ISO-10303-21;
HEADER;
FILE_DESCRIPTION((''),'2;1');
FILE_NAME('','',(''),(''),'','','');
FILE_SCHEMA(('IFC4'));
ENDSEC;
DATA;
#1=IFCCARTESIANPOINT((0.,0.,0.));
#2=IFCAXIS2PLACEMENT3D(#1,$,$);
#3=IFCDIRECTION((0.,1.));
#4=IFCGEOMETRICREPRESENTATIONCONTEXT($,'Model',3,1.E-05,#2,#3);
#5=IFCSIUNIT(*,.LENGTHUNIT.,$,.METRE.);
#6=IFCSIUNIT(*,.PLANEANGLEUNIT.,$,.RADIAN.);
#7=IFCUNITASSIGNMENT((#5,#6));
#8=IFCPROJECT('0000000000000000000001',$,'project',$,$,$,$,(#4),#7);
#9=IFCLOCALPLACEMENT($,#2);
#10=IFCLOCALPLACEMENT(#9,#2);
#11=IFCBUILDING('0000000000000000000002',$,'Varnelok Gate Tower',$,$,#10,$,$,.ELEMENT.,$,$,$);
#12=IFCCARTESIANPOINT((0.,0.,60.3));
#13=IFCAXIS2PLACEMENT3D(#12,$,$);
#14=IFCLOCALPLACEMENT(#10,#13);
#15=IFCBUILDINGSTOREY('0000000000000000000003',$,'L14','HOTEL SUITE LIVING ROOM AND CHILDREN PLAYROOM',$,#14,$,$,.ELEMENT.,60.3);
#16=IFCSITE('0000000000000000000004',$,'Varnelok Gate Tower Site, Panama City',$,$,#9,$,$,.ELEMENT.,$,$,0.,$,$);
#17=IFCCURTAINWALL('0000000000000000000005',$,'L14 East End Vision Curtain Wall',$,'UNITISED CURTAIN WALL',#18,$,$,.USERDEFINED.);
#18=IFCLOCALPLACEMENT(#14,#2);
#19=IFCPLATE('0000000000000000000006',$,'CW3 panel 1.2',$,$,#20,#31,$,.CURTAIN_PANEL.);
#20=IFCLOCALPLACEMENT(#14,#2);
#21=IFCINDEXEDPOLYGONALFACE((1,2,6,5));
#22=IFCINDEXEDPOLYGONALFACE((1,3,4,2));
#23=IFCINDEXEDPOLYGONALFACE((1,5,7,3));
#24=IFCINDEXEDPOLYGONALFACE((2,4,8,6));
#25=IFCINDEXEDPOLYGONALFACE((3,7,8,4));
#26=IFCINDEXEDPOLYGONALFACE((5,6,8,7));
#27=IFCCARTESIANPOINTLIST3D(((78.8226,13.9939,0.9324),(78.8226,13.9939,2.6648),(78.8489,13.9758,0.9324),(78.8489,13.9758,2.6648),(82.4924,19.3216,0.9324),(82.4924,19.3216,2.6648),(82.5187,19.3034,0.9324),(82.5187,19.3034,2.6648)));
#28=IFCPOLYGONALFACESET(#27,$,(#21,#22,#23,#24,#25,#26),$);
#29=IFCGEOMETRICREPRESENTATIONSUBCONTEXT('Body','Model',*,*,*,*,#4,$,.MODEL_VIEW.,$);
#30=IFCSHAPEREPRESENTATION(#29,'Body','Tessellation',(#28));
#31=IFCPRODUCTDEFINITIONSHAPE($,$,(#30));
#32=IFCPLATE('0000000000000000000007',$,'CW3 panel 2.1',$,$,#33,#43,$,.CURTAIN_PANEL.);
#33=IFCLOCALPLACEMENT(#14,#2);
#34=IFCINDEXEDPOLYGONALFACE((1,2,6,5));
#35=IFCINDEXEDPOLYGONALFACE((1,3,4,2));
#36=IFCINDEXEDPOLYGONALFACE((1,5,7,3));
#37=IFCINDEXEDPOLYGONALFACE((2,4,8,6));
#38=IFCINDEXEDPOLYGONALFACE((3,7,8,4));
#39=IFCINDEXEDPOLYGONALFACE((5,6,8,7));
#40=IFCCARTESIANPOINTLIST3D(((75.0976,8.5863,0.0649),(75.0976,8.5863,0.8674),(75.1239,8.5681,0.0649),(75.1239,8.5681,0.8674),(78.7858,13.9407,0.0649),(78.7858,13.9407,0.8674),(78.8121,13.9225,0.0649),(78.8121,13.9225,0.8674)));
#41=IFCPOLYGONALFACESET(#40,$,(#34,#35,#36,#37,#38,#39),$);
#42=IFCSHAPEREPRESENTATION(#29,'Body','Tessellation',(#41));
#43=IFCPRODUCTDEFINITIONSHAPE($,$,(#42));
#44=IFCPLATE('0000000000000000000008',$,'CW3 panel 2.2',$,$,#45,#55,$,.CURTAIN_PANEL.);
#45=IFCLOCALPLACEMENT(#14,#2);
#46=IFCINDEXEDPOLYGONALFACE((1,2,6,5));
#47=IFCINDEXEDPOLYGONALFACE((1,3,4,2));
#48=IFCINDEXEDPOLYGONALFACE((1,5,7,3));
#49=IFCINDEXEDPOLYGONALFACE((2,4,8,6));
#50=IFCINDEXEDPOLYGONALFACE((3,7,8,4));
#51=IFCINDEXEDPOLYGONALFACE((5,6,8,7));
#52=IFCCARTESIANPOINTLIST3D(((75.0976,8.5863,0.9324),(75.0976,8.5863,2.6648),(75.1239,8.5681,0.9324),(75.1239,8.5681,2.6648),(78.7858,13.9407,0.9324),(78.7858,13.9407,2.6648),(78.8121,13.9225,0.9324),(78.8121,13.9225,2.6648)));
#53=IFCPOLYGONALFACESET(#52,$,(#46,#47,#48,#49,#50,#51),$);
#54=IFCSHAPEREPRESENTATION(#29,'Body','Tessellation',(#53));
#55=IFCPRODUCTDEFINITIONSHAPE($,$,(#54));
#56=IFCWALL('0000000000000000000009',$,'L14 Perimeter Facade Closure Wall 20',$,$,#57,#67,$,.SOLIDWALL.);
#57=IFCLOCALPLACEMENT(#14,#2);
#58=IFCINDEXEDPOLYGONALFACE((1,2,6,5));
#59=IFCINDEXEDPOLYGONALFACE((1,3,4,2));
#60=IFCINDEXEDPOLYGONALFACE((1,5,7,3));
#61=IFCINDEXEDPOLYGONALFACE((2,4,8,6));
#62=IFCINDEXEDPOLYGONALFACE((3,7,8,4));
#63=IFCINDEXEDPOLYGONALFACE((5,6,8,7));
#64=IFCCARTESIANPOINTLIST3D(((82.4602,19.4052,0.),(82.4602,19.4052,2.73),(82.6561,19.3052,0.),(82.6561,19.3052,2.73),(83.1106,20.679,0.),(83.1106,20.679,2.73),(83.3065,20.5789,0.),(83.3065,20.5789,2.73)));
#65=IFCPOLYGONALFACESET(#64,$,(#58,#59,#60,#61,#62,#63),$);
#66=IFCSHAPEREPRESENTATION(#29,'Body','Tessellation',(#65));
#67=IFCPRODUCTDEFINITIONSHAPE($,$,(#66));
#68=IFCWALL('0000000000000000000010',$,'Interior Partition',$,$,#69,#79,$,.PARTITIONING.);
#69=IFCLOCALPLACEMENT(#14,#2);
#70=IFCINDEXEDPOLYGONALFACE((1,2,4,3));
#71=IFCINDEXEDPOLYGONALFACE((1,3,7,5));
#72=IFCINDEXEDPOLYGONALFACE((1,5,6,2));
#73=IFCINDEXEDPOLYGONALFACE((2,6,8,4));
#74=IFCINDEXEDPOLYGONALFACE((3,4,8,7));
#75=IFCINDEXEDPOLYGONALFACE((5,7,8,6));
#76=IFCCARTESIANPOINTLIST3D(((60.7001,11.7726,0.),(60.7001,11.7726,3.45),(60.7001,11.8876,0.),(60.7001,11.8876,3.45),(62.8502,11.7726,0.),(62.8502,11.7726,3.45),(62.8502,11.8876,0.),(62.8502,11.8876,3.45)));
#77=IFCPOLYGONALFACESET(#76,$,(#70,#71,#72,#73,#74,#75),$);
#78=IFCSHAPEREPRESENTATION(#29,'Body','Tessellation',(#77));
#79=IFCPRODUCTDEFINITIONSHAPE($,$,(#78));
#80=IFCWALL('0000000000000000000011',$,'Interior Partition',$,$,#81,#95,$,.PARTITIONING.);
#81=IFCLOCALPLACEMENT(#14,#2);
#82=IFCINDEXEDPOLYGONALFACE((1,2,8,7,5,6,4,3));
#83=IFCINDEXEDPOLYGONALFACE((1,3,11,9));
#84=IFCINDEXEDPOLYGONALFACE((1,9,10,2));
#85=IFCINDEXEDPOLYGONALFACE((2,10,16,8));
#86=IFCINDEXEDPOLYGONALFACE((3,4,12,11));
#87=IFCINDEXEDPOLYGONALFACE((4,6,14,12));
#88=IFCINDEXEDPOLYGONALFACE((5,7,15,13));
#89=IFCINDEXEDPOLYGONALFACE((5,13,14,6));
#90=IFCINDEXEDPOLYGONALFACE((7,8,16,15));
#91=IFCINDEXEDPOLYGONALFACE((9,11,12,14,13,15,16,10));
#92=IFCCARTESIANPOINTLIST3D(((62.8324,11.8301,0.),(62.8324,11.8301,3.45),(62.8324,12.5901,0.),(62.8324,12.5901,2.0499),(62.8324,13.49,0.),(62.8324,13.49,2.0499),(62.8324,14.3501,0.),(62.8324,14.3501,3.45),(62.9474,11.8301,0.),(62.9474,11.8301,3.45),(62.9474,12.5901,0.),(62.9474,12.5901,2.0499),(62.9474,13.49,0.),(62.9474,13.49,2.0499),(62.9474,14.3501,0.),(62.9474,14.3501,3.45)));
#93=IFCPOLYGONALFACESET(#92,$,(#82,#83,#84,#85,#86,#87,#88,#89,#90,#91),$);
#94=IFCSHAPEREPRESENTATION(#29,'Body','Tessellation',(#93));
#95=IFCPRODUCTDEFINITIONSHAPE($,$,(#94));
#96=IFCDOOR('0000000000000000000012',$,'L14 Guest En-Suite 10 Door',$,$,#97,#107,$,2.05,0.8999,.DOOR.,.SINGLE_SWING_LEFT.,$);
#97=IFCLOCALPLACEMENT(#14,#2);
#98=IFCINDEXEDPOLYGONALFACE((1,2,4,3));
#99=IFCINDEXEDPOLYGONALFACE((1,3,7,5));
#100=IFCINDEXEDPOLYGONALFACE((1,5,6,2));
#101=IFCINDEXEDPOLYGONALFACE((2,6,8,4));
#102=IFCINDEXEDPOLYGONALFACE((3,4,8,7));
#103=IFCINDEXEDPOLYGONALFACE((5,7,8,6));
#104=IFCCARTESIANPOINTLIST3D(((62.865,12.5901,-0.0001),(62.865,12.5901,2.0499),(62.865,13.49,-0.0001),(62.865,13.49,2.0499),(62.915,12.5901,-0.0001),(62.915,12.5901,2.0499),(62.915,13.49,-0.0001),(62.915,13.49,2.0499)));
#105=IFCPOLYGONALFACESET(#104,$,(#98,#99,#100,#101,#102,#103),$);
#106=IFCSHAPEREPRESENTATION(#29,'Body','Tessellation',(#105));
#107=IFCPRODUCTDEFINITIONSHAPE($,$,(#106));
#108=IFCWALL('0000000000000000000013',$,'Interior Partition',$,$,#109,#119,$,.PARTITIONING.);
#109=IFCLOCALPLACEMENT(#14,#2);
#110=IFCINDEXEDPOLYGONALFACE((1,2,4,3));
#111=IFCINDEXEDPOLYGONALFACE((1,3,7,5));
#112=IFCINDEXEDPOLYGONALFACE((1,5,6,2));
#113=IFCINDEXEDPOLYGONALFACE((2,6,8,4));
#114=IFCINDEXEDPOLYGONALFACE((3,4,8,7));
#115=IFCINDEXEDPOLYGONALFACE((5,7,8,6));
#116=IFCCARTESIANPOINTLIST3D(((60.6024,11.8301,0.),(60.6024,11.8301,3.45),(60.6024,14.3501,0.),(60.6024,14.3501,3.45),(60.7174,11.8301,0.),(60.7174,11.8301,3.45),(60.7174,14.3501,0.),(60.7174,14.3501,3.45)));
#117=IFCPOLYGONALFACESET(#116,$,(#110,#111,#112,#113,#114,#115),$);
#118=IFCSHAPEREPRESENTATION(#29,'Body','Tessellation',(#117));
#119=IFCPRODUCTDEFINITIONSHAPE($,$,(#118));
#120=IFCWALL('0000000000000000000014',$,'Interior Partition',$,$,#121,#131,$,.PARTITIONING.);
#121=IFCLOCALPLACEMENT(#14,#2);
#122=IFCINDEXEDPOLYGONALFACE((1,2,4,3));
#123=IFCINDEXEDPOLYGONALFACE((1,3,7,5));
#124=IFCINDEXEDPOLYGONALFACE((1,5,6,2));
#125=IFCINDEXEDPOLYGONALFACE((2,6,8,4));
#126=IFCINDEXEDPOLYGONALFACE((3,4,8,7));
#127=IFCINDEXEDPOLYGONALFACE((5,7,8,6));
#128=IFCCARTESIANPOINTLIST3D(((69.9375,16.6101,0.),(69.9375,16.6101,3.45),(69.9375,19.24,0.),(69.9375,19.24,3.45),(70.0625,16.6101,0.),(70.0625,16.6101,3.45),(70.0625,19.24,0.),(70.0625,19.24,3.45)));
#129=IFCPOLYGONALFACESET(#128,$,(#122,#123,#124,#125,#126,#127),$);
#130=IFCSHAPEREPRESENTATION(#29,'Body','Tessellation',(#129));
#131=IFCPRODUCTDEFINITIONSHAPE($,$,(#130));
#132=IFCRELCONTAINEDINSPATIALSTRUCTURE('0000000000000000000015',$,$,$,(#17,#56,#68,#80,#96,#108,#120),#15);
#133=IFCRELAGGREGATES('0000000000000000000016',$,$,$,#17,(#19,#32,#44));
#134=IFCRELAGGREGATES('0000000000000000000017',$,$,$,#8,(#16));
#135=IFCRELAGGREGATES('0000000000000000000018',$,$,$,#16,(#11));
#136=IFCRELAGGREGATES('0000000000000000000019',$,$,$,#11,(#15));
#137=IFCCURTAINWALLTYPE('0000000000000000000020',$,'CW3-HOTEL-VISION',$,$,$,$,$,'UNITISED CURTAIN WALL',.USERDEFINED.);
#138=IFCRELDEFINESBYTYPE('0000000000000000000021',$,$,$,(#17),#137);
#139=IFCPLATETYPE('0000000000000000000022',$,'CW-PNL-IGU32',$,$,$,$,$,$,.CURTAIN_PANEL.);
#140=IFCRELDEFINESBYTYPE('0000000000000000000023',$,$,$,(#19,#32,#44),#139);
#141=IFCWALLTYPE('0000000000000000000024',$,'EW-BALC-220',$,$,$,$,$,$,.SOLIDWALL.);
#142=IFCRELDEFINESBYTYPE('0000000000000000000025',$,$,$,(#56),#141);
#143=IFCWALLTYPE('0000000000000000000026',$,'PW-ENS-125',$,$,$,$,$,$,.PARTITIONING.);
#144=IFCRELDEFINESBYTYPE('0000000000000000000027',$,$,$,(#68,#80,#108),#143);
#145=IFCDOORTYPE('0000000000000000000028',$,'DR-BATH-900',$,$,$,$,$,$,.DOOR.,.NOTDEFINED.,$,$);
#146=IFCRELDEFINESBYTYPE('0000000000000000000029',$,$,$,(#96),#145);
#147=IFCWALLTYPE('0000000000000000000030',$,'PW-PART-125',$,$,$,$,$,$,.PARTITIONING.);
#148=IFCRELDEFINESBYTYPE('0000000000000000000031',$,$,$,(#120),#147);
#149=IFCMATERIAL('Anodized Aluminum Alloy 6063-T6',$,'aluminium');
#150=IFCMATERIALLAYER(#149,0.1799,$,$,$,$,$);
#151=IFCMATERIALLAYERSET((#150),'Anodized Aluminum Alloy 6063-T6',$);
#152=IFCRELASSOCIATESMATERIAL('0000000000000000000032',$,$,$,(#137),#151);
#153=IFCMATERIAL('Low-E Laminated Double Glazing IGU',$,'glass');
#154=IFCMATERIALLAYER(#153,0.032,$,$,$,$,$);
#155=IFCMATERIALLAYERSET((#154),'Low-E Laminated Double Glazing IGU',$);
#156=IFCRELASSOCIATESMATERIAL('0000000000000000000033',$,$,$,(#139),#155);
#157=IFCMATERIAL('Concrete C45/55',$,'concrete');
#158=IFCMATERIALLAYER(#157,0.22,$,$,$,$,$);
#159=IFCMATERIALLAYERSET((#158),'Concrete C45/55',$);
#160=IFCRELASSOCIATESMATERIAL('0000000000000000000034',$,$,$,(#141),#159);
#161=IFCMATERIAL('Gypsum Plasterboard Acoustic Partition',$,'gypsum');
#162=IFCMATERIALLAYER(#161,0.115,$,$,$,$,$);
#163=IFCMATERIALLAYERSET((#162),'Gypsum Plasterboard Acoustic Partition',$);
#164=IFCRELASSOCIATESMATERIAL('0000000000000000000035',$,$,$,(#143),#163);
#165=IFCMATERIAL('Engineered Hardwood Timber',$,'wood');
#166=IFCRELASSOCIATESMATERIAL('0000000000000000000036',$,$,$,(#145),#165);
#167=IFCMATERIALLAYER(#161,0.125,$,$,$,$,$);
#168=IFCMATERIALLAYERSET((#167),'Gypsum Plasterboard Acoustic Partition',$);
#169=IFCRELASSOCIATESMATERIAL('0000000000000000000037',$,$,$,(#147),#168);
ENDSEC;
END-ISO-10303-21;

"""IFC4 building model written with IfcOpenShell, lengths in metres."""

from ifc_helpers import new_model, si_unit, direction, frame, frame_2d, origin, origin_2d, place, context, subcontext, project, spatial, rectangle, extrude, source, transform, mapped, material, layer, layer_set, type_object, element, fill, aggregate, save


model = new_model("IFC4")

# Units and contexts
model_context = context("Model", 3, precision=1e-05, world=origin(), true_north=direction((0.0, 1.0)))
body_context = subcontext(model_context, "Body", "Model", "MODEL_VIEW")
ifc_project = project(units=[si_unit("LENGTHUNIT", "METRE"), si_unit("PLANEANGLEUNIT", "RADIAN")], contexts=[model_context])

# Site, building, storey
site_placement = place(None, origin())
site = spatial("IfcSite", under=ifc_project, at=site_placement, Name="Varnelok Gate Tower Site, Panama City", CompositionType="ELEMENT", RefElevation=0.0)
building_placement = place(site_placement, origin())
building = spatial("IfcBuilding", under=site, at=building_placement, Name="Varnelok Gate Tower", CompositionType="ELEMENT")
storey_placement = place(building_placement, frame((0.0, 0.0, 60.3)))
storey = spatial("IfcBuildingStorey", under=building, at=storey_placement, Name="L14", Description="HOTEL SUITE LIVING ROOM AND CHILDREN PLAYROOM", CompositionType="ELEMENT", Elevation=60.3)

# Curtain wall, plates
ifc_material_1 = material(Name="Anodized Aluminum Alloy 6063-T6", Category="aluminium")
ifc_layer_1 = layer(ifc_material_1, 0.1799)
ifc_layer_set_1 = layer_set([ifc_layer_1], Name="Anodized Aluminum Alloy 6063-T6")
curtain_wall_type = type_object("IfcCurtainWallType", Name="CW3-HOTEL-VISION", ElementType="UNITISED CURTAIN WALL", PredefinedType="USERDEFINED", material=ifc_layer_set_1)
curtain_wall_placement = place(storey_placement, origin())
curtain_wall = element("IfcCurtainWall", 1, at=curtain_wall_placement, inside=storey, type_object=curtain_wall_type, Name="L14 East End Vision Curtain Wall", ObjectType="UNITISED CURTAIN WALL", PredefinedType="USERDEFINED")
ifc_material_2 = material(Name="Low-E Laminated Double Glazing IGU", Category="glass")
ifc_layer_2 = layer(ifc_material_2, 0.032)
ifc_layer_set_2 = layer_set([ifc_layer_2], Name="Low-E Laminated Double Glazing IGU")
plate_type = type_object("IfcPlateType", Name="CW-PNL-IGU32", PredefinedType="CURTAIN_PANEL", material=ifc_layer_set_2)
shared_shape_1 = source(origin(), body_context, "Body", "SweptSolid", [
    extrude(rectangle(XDim=6.4692, YDim=0.032, at=origin_2d()), origin(), (0.0, 0.0, 1.0), 1.7324),
])
plate_1_placement = place(storey_placement, frame((80.6707, 16.6487, 0.9324), z_axis=(0.0, 0.0, 1.0), x_axis=(-0.567269, -0.823533, 0.0)))
plate_1 = element("IfcPlate", 2, at=plate_1_placement, type_object=plate_type, Name="CW3 panel 1.2", PredefinedType="CURTAIN_PANEL", context=body_context, shape_type="MappedRepresentation", body=[
    mapped(shared_shape_1, transform((0.0, 0.0, 0.0), scale=1.0)),
])
shared_shape_2 = source(origin(), body_context, "Body", "SweptSolid", [
    extrude(rectangle(XDim=6.5017, YDim=0.032, at=origin_2d()), origin(), (0.0, 0.0, 1.0), 0.8025),
])
plate_2_placement = place(storey_placement, frame((76.9548, 11.2544, 0.0649), z_axis=(0.0, 0.0, 1.0), x_axis=(-0.567269, -0.823533, 0.0)))
plate_2 = element("IfcPlate", 3, at=plate_2_placement, type_object=plate_type, Name="CW3 panel 2.1", PredefinedType="CURTAIN_PANEL", context=body_context, shape_type="MappedRepresentation", body=[
    mapped(shared_shape_2, transform((0.0, 0.0, 0.0), scale=1.0)),
])
shared_shape_3 = source(origin(), body_context, "Body", "SweptSolid", [
    extrude(rectangle(XDim=6.5017, YDim=0.032, at=origin_2d()), origin(), (0.0, 0.0, 1.0), 1.7324),
])
plate_3_placement = place(storey_placement, frame((76.9548, 11.2544, 0.9324), z_axis=(0.0, 0.0, 1.0), x_axis=(-0.567269, -0.823533, 0.0)))
plate_3 = element("IfcPlate", 4, at=plate_3_placement, type_object=plate_type, Name="CW3 panel 2.2", PredefinedType="CURTAIN_PANEL", context=body_context, shape_type="MappedRepresentation", body=[
    mapped(shared_shape_3, transform((0.0, 0.0, 0.0), scale=1.0)),
])
aggregate(curtain_wall, [plate_1, plate_2, plate_3])

# Walls
ifc_material_3 = material(Name="Concrete C45/55", Category="concrete")
ifc_layer_3 = layer(ifc_material_3, 0.22)
ifc_layer_set_3 = layer_set([ifc_layer_3], Name="Concrete C45/55")
wall_type_1 = type_object("IfcWallType", Name="EW-BALC-220", PredefinedType="SOLIDWALL", material=ifc_layer_set_3)
wall_1_placement = place(storey_placement, frame((82.5581, 19.3552, 0.0), z_axis=(0.0, 0.0, 1.0), x_axis=(0.454777, 0.890605, 0.0)))
element("IfcWall", 5, at=wall_1_placement, inside=storey, type_object=wall_type_1, Name="L14 Perimeter Facade Closure Wall 20", PredefinedType="SOLIDWALL", context=body_context, shape_type="SweptSolid", body=[
    extrude(rectangle(XDim=1.4302, YDim=0.22, at=frame_2d((0.7151, 0.0))), origin(), (0.0, 0.0, 1.0), 2.73),
])
ifc_material_4 = material(Name="Gypsum Plasterboard Acoustic Partition", Category="gypsum")
ifc_layer_4 = layer(ifc_material_4, 0.115)
ifc_layer_set_4 = layer_set([ifc_layer_4], Name="Gypsum Plasterboard Acoustic Partition")
wall_type_2 = type_object("IfcWallType", Name="PW-ENS-125", PredefinedType="PARTITIONING", material=ifc_layer_set_4)
wall_2_placement = place(storey_placement, frame((60.7, 11.8301, 0.0), z_axis=(0.0, 0.0, 1.0), x_axis=(1.0, 0.0, 0.0)))
element("IfcWall", 6, at=wall_2_placement, inside=storey, type_object=wall_type_2, Name="Interior Partition", PredefinedType="PARTITIONING", context=body_context, shape_type="SweptSolid", body=[
    extrude(rectangle(XDim=2.1501, YDim=0.115, at=frame_2d((1.0752, 0.0))), origin(), (0.0, 0.0, 1.0), 3.45),
])

# Wall, opening, door
wall_3_placement = place(storey_placement, frame((62.8899, 11.8301, 0.0), z_axis=(0.0, 0.0, 1.0), x_axis=(0.0, 1.0, 0.0)))
wall_3 = element("IfcWall", 7, at=wall_3_placement, inside=storey, type_object=wall_type_2, Name="Interior Partition", PredefinedType="PARTITIONING", context=body_context, shape_type="SweptSolid", body=[
    extrude(rectangle(XDim=2.52, YDim=0.115, at=frame_2d((1.26, 0.0))), origin(), (0.0, 0.0, 1.0), 3.45),
])
opening_placement = place(wall_3_placement, frame((0.76, 0.0, 0.0)))
opening = element("IfcOpeningElement", 8, at=opening_placement, cuts=wall_3, PredefinedType="OPENING", context=body_context, shape_type="SweptSolid", body=[
    extrude(rectangle(XDim=0.8999, YDim=2.05, at=frame_2d((0.45, 1.0249))), frame((0.0, 0.0674, 0.0), z_axis=(0.0, -1.0, 0.0), x_axis=(1.0, 0.0, 0.0)), (0.0, 0.0, 1.0), 0.135),
])
ifc_material_5 = material(Name="Engineered Hardwood Timber", Category="wood")
door_type = type_object("IfcDoorType", Name="DR-BATH-900", OperationType="NOTDEFINED", PredefinedType="DOOR", material=ifc_material_5)
door_placement = place(opening_placement, origin())
door = element("IfcDoor", 9, at=door_placement, inside=storey, type_object=door_type, Name="L14 Guest En-Suite 10 Door", OperationType="SINGLE_SWING_LEFT", OverallHeight=2.05, OverallWidth=0.8999, PredefinedType="DOOR", context=body_context, shape_type="SweptSolid", body=[
    extrude(rectangle(XDim=0.8999, YDim=2.05, at=frame_2d((0.45, 1.0249))), frame((0.0, 0.0249, 0.0), z_axis=(0.0, -1.0, 0.0), x_axis=(1.0, 0.0, 0.0)), (0.0, 0.0, 1.0), 0.05),
])
fill(opening, door)

# Walls
wall_4_placement = place(storey_placement, frame((60.6599, 11.8301, 0.0), z_axis=(0.0, 0.0, 1.0), x_axis=(0.0, 1.0, 0.0)))
element("IfcWall", 10, at=wall_4_placement, inside=storey, type_object=wall_type_2, Name="Interior Partition", PredefinedType="PARTITIONING", context=body_context, shape_type="SweptSolid", body=[
    extrude(rectangle(XDim=2.52, YDim=0.115, at=frame_2d((1.26, 0.0))), origin(), (0.0, 0.0, 1.0), 3.45),
])
ifc_layer_5 = layer(ifc_material_4, 0.125)
ifc_layer_set_5 = layer_set([ifc_layer_5], Name="Gypsum Plasterboard Acoustic Partition")
wall_type_3 = type_object("IfcWallType", Name="PW-PART-125", PredefinedType="PARTITIONING", material=ifc_layer_set_5)
wall_5_placement = place(storey_placement, frame((70.0, 16.6101, 0.0), z_axis=(0.0, 0.0, 1.0), x_axis=(0.0, 1.0, 0.0)))
element("IfcWall", 11, at=wall_5_placement, inside=storey, type_object=wall_type_3, Name="Interior Partition", PredefinedType="PARTITIONING", context=body_context, shape_type="SweptSolid", body=[
    extrude(rectangle(XDim=2.6299, YDim=0.125, at=frame_2d((1.3149, 0.0))), origin(), (0.0, 0.0, 1.0), 3.45),
])

save(model, "model.ifc")
